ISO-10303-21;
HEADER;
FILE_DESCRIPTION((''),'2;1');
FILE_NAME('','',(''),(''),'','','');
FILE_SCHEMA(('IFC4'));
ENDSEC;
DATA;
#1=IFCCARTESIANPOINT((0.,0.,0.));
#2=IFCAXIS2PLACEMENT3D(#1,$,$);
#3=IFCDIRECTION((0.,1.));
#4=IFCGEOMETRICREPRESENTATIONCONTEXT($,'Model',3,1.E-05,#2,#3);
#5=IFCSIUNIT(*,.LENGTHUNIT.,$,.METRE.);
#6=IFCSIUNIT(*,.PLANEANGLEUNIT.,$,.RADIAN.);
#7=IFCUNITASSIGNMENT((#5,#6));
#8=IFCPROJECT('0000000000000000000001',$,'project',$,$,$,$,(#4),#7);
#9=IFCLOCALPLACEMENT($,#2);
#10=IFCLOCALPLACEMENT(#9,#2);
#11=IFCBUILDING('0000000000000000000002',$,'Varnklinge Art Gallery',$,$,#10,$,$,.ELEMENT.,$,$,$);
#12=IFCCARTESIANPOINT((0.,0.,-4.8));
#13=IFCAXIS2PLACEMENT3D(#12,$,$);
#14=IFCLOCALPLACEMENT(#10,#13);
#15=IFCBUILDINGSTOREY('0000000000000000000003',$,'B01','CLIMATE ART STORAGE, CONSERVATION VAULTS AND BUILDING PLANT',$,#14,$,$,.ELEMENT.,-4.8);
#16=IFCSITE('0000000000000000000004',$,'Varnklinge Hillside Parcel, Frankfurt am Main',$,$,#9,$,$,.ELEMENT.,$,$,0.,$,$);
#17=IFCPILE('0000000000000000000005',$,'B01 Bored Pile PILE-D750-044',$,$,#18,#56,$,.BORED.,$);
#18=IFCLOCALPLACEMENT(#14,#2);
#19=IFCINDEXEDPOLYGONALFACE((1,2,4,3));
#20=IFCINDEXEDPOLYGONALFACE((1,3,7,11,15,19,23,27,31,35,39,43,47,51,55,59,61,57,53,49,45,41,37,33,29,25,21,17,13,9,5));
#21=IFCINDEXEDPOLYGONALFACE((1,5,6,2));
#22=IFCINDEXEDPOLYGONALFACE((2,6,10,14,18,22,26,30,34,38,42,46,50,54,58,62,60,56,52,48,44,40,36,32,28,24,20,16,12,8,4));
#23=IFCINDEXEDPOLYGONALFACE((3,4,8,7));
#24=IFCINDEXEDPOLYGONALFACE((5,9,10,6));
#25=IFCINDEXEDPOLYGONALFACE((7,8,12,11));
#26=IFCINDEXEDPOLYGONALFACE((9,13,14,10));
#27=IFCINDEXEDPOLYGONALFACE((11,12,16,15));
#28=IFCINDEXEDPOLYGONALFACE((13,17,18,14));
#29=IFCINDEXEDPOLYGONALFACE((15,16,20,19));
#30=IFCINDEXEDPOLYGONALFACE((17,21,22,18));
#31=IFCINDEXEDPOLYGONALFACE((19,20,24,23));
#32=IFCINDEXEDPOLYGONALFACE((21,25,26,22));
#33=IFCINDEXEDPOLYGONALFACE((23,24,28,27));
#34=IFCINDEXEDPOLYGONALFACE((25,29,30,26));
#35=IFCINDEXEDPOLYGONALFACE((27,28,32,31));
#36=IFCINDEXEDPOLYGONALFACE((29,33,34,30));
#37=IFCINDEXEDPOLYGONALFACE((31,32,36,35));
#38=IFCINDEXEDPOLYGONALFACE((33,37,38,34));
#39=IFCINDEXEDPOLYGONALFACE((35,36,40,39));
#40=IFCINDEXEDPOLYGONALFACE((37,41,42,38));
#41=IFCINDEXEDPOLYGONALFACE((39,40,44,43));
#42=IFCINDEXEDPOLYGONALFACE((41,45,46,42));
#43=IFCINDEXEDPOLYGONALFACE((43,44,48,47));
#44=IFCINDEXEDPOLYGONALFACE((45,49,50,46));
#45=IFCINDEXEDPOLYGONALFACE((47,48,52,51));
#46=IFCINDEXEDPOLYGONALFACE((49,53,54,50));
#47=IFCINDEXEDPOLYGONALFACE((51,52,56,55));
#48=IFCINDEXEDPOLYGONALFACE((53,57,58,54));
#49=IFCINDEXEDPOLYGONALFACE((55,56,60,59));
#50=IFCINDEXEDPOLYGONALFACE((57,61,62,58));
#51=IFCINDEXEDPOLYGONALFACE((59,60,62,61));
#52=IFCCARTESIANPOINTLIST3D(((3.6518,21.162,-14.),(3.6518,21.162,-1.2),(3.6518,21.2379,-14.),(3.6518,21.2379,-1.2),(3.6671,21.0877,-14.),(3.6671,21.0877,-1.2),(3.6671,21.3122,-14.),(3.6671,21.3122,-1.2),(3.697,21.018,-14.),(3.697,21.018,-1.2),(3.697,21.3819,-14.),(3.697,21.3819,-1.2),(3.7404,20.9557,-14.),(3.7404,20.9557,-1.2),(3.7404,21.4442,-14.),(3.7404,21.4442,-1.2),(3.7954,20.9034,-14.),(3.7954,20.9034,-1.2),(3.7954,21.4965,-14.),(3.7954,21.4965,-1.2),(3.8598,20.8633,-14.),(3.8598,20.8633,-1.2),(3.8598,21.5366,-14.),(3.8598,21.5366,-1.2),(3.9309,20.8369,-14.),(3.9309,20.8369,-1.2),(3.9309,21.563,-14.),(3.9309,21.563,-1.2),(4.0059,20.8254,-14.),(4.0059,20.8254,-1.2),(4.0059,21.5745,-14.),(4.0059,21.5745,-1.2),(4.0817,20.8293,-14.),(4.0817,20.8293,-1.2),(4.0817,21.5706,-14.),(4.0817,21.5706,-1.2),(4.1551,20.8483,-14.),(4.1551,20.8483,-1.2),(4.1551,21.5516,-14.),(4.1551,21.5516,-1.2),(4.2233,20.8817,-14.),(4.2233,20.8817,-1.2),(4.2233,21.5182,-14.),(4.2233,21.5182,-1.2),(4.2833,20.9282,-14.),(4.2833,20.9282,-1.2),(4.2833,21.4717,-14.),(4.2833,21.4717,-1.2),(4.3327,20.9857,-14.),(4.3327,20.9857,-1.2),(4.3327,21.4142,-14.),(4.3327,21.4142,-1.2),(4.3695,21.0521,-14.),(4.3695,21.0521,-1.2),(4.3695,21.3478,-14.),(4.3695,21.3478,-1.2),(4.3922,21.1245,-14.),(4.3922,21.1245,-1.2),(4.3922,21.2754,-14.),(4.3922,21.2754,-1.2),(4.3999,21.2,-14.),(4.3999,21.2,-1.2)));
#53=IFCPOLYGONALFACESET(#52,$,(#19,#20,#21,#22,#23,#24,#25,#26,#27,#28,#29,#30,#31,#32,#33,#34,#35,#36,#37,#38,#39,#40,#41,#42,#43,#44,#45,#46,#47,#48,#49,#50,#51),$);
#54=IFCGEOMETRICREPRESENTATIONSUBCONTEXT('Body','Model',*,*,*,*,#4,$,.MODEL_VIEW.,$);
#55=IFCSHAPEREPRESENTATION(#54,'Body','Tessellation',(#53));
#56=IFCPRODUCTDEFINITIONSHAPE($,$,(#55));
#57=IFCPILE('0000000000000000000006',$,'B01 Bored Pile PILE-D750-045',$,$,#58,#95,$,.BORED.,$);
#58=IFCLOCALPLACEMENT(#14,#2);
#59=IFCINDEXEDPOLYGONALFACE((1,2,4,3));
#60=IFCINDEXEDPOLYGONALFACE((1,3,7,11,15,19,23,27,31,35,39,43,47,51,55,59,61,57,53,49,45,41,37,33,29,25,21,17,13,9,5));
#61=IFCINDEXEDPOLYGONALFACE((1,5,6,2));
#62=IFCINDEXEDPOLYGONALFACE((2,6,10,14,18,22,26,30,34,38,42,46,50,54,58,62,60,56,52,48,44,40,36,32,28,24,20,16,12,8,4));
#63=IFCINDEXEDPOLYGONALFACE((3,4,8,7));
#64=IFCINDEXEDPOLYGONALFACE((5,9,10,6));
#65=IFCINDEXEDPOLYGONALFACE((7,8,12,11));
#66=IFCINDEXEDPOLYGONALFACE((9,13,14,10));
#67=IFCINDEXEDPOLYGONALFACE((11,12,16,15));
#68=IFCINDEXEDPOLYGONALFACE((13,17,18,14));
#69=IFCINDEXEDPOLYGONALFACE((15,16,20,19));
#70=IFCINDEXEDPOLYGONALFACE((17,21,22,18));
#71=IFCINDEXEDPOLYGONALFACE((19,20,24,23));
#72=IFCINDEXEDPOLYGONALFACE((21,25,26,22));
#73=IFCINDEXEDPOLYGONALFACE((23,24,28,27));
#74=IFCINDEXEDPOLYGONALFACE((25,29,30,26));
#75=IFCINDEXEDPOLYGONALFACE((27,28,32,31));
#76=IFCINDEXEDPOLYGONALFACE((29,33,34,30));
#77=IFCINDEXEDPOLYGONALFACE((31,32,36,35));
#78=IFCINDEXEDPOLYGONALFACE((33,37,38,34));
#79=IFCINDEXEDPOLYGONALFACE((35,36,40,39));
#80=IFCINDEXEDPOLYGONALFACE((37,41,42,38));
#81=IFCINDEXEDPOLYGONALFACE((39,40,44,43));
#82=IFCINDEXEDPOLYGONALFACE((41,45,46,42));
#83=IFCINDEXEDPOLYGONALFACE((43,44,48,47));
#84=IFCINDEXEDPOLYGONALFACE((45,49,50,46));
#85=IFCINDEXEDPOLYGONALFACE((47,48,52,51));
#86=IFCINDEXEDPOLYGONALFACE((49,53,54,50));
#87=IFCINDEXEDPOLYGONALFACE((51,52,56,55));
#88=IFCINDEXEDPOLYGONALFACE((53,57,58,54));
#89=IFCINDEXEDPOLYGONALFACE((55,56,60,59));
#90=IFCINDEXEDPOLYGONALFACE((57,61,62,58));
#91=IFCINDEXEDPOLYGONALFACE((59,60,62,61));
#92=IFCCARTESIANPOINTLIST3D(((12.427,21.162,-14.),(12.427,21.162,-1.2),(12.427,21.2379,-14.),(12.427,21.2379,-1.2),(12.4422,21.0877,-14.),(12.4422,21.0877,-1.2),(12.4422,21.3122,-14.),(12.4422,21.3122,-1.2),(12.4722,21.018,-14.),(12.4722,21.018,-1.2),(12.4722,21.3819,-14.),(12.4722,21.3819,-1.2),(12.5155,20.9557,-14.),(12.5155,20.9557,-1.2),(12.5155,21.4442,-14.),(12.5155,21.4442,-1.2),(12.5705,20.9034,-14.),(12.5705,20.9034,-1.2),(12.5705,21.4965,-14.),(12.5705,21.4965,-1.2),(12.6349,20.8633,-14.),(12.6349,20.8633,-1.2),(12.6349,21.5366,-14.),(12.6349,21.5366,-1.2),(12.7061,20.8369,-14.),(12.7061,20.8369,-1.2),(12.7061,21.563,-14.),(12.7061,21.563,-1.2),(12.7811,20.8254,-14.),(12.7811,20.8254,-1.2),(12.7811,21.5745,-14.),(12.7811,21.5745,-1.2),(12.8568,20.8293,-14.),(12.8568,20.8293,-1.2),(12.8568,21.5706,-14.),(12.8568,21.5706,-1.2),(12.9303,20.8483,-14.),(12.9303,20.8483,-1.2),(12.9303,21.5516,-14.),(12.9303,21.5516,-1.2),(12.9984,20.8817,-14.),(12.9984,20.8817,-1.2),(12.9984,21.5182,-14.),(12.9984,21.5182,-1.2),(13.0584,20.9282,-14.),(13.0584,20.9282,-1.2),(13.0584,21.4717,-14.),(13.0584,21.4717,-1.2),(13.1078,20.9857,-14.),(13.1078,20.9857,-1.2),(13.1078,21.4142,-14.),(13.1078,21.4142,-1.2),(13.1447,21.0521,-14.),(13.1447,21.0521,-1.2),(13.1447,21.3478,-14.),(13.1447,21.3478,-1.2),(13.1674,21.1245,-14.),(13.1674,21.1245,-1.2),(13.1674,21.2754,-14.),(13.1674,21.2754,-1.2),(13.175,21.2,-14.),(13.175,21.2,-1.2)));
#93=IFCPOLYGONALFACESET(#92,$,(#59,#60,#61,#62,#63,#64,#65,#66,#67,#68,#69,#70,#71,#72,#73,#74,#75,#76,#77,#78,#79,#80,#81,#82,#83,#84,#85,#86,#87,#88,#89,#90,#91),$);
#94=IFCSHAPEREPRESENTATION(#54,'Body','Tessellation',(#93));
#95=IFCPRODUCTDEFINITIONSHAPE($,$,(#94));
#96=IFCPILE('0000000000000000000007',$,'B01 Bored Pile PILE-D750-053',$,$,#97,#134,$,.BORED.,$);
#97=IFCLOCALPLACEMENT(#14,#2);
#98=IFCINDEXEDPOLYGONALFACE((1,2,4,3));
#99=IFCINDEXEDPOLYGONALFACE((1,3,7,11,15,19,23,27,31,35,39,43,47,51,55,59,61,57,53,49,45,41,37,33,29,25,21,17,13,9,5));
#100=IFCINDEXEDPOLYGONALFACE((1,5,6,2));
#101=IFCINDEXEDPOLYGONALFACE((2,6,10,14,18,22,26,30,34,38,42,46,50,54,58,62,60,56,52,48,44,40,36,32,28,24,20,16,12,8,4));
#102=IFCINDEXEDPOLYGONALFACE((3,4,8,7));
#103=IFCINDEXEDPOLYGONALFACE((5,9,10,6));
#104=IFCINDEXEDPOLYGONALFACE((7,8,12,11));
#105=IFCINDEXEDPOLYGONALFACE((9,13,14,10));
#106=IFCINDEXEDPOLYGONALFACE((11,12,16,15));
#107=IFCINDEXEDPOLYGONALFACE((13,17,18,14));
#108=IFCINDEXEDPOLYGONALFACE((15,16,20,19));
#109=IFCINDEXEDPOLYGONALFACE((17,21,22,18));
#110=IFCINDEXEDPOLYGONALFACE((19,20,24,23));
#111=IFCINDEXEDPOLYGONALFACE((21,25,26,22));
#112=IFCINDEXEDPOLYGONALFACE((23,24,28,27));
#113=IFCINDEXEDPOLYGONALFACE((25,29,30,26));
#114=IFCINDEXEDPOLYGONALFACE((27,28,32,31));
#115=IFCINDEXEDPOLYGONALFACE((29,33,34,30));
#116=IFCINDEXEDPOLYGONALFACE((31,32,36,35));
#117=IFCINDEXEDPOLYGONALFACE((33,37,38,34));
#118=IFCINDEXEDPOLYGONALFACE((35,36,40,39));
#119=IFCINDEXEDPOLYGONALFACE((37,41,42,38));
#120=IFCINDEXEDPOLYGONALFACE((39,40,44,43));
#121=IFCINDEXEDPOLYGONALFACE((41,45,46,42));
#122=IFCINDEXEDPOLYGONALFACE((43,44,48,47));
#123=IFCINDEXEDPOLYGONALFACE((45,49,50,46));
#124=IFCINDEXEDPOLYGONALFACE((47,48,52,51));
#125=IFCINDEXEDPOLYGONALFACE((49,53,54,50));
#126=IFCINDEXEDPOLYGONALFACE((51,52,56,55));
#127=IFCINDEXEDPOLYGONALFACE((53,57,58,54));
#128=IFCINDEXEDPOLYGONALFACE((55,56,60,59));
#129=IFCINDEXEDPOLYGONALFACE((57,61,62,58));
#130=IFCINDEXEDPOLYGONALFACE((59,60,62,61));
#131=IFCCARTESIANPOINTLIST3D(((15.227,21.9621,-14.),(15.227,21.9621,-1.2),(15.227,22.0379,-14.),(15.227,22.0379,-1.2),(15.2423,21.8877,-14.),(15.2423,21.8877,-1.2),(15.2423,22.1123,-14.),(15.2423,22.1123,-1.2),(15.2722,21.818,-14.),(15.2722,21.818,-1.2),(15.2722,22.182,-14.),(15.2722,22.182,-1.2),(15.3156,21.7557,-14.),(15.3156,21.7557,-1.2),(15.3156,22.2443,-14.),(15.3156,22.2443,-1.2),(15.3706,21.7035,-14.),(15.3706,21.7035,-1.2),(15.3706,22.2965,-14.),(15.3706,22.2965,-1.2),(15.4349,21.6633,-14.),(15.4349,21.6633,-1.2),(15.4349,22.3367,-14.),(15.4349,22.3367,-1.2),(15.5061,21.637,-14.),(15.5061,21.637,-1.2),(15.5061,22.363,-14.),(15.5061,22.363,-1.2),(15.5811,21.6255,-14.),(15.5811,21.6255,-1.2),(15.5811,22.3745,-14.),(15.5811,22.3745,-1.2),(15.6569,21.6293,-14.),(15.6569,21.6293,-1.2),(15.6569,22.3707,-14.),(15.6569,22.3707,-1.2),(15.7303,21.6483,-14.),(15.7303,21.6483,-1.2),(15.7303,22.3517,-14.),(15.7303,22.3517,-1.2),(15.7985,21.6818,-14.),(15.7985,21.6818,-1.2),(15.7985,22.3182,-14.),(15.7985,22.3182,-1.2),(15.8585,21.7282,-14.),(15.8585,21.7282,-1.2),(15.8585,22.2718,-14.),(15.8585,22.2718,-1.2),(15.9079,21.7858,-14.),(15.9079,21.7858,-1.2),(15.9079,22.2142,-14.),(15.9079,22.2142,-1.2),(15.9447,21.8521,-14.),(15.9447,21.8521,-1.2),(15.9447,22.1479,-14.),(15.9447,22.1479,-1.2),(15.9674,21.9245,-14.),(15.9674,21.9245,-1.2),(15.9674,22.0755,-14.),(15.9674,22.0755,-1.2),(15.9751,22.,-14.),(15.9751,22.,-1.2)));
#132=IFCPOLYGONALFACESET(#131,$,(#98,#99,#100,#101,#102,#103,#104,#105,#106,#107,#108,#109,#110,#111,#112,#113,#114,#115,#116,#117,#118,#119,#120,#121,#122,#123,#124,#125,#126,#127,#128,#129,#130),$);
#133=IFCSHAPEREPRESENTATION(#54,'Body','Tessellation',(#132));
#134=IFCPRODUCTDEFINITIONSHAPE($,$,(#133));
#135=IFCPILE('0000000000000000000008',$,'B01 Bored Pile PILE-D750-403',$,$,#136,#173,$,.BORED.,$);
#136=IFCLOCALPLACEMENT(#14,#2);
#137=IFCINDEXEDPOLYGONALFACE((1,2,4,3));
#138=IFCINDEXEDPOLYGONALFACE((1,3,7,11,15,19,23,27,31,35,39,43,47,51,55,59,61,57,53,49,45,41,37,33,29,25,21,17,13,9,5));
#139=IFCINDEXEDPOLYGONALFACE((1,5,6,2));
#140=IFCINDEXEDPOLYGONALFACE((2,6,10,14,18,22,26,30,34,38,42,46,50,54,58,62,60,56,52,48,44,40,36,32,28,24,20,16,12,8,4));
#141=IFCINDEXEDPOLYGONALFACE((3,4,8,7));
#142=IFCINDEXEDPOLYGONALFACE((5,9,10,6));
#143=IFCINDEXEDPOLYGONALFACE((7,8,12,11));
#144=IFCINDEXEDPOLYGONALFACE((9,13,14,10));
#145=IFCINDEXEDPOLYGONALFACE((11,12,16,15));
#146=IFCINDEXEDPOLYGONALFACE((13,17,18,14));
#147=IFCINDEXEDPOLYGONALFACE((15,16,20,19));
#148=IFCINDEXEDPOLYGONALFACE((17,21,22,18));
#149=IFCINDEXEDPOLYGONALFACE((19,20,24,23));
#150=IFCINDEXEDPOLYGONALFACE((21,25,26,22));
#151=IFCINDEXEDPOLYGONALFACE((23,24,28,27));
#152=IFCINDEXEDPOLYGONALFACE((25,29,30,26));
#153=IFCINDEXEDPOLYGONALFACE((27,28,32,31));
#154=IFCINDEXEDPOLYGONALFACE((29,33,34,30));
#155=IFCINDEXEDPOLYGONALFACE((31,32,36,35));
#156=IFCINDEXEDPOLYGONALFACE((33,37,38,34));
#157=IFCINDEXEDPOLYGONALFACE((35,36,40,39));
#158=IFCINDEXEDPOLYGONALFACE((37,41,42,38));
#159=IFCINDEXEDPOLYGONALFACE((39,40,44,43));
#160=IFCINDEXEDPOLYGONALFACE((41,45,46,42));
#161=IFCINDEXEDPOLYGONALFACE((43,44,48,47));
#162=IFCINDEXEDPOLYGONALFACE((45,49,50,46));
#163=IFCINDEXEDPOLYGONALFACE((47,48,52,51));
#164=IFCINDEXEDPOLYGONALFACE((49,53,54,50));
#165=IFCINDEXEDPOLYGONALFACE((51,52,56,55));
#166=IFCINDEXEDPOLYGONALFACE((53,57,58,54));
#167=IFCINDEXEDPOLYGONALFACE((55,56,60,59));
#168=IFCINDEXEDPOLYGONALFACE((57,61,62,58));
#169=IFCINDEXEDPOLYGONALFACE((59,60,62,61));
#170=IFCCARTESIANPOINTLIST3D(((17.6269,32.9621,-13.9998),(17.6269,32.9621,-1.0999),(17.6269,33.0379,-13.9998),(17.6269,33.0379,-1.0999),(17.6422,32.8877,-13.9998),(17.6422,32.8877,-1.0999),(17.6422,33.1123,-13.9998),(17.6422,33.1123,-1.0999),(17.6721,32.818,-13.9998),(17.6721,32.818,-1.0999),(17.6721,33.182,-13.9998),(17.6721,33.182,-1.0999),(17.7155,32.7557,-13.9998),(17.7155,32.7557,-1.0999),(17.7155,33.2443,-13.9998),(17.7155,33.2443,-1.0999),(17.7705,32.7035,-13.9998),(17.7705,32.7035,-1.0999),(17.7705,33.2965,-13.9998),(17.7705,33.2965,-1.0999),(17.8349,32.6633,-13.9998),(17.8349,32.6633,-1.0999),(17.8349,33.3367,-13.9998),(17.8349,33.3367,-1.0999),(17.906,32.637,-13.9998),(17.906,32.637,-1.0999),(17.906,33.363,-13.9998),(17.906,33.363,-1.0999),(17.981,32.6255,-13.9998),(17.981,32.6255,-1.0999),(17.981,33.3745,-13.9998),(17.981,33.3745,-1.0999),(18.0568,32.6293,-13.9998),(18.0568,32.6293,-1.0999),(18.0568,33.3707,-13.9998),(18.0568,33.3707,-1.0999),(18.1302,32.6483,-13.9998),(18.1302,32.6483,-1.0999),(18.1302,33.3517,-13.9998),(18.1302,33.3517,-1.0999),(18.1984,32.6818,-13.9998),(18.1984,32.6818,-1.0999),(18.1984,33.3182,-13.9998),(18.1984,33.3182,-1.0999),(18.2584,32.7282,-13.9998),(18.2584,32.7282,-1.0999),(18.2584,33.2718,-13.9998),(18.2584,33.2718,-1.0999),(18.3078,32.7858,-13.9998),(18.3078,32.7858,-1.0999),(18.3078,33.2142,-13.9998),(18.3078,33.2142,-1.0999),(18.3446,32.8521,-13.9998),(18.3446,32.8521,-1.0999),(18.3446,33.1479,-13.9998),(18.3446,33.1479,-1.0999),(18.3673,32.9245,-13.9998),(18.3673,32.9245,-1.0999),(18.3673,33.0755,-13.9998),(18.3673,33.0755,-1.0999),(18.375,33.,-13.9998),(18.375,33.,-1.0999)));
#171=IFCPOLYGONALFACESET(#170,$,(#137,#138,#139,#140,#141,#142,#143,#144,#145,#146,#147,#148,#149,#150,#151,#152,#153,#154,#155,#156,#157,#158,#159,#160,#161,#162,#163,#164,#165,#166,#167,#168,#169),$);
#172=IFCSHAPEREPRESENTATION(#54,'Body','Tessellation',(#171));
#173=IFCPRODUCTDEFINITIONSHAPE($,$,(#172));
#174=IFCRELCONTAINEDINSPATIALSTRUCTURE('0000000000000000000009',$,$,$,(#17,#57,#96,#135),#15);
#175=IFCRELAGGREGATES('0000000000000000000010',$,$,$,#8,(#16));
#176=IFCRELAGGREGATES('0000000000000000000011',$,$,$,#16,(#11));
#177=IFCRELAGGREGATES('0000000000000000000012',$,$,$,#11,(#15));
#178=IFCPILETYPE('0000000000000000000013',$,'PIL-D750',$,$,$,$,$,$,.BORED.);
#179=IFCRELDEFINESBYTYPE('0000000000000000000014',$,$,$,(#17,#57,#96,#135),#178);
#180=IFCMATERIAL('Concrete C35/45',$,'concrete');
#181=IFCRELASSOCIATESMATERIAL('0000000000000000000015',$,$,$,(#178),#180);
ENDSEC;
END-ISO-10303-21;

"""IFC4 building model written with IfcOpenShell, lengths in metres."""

from ifc_helpers import new_model, si_unit, direction, frame, origin, origin_2d, place, context, subcontext, project, spatial, circle, extrude, material, material_profile, profile_set, type_object, element, save


model = new_model("IFC4")

# Units and contexts
model_context = context("Model", 3, precision=1e-05, world=origin(), true_north=direction((0.0, 1.0)))
body_context = subcontext(model_context, "Body", "Model", "MODEL_VIEW")
ifc_project = project(units=[si_unit("LENGTHUNIT", "METRE"), si_unit("PLANEANGLEUNIT", "RADIAN")], contexts=[model_context])

# Site, building, storey
site_placement = place(None, origin())
site = spatial("IfcSite", under=ifc_project, at=site_placement, Name="Varnklinge Hillside Parcel, Frankfurt am Main", CompositionType="ELEMENT", RefElevation=0.0)
building_placement = place(site_placement, origin())
building = spatial("IfcBuilding", under=site, at=building_placement, Name="Varnklinge Art Gallery", CompositionType="ELEMENT")
storey_placement = place(building_placement, frame((0.0, 0.0, -4.8)))
storey = spatial("IfcBuildingStorey", under=building, at=storey_placement, Name="B01", Description="CLIMATE ART STORAGE, CONSERVATION VAULTS AND BUILDING PLANT", CompositionType="ELEMENT", Elevation=-4.8)

# Piles
ifc_material_1 = material(Name="Concrete C35/45", Category="concrete")
ifc_material_profile_1 = material_profile(ifc_material_1, circle(Radius=0.375, at=origin_2d()), Name="PILE D750")
ifc_profile_set_1 = profile_set([ifc_material_profile_1], Name="Concrete C35/45")
pile_type = type_object("IfcPileType", Name="PIL-D750", PredefinedType="BORED", material=ifc_profile_set_1)
for number, where, z_axis, x_axis, name in (
    (1, (4.0249, 21.2, -1.2), (0.0, 0.0, -1.0), (1.0, 0.0, 0.0), "B01 Bored Pile PILE-D750-044"),
    (2, (12.8, 21.2, -1.2), (0.0, 0.0, -1.0), (1.0, 0.0, 0.0), "B01 Bored Pile PILE-D750-045"),
    (3, (15.6001, 22.0, -1.2), (0.0, 0.0, -1.0), (1.0, 0.0, 0.0), "B01 Bored Pile PILE-D750-053"),
):
    element("IfcPile", number, at=place(storey_placement, frame(where, z_axis=z_axis, x_axis=x_axis)), inside=storey, type_object=pile_type, Name=name, PredefinedType="BORED", context=body_context, shape_type="SweptSolid", body=[
        extrude(circle(Radius=0.375, at=origin_2d()), origin(), (0.0, 0.0, 1.0), 12.8),
    ])
pile_placement = place(storey_placement, frame((18.0, 33.0, -1.0999), z_axis=(0.0, 0.0, -1.0), x_axis=(1.0, 0.0, 0.0)))
element("IfcPile", 4, at=pile_placement, inside=storey, type_object=pile_type, Name="B01 Bored Pile PILE-D750-403", PredefinedType="BORED", context=body_context, shape_type="SweptSolid", body=[
    extrude(circle(Radius=0.375, at=origin_2d()), origin(), (0.0, 0.0, 1.0), 12.8999),
])

save(model, "model.ifc")
